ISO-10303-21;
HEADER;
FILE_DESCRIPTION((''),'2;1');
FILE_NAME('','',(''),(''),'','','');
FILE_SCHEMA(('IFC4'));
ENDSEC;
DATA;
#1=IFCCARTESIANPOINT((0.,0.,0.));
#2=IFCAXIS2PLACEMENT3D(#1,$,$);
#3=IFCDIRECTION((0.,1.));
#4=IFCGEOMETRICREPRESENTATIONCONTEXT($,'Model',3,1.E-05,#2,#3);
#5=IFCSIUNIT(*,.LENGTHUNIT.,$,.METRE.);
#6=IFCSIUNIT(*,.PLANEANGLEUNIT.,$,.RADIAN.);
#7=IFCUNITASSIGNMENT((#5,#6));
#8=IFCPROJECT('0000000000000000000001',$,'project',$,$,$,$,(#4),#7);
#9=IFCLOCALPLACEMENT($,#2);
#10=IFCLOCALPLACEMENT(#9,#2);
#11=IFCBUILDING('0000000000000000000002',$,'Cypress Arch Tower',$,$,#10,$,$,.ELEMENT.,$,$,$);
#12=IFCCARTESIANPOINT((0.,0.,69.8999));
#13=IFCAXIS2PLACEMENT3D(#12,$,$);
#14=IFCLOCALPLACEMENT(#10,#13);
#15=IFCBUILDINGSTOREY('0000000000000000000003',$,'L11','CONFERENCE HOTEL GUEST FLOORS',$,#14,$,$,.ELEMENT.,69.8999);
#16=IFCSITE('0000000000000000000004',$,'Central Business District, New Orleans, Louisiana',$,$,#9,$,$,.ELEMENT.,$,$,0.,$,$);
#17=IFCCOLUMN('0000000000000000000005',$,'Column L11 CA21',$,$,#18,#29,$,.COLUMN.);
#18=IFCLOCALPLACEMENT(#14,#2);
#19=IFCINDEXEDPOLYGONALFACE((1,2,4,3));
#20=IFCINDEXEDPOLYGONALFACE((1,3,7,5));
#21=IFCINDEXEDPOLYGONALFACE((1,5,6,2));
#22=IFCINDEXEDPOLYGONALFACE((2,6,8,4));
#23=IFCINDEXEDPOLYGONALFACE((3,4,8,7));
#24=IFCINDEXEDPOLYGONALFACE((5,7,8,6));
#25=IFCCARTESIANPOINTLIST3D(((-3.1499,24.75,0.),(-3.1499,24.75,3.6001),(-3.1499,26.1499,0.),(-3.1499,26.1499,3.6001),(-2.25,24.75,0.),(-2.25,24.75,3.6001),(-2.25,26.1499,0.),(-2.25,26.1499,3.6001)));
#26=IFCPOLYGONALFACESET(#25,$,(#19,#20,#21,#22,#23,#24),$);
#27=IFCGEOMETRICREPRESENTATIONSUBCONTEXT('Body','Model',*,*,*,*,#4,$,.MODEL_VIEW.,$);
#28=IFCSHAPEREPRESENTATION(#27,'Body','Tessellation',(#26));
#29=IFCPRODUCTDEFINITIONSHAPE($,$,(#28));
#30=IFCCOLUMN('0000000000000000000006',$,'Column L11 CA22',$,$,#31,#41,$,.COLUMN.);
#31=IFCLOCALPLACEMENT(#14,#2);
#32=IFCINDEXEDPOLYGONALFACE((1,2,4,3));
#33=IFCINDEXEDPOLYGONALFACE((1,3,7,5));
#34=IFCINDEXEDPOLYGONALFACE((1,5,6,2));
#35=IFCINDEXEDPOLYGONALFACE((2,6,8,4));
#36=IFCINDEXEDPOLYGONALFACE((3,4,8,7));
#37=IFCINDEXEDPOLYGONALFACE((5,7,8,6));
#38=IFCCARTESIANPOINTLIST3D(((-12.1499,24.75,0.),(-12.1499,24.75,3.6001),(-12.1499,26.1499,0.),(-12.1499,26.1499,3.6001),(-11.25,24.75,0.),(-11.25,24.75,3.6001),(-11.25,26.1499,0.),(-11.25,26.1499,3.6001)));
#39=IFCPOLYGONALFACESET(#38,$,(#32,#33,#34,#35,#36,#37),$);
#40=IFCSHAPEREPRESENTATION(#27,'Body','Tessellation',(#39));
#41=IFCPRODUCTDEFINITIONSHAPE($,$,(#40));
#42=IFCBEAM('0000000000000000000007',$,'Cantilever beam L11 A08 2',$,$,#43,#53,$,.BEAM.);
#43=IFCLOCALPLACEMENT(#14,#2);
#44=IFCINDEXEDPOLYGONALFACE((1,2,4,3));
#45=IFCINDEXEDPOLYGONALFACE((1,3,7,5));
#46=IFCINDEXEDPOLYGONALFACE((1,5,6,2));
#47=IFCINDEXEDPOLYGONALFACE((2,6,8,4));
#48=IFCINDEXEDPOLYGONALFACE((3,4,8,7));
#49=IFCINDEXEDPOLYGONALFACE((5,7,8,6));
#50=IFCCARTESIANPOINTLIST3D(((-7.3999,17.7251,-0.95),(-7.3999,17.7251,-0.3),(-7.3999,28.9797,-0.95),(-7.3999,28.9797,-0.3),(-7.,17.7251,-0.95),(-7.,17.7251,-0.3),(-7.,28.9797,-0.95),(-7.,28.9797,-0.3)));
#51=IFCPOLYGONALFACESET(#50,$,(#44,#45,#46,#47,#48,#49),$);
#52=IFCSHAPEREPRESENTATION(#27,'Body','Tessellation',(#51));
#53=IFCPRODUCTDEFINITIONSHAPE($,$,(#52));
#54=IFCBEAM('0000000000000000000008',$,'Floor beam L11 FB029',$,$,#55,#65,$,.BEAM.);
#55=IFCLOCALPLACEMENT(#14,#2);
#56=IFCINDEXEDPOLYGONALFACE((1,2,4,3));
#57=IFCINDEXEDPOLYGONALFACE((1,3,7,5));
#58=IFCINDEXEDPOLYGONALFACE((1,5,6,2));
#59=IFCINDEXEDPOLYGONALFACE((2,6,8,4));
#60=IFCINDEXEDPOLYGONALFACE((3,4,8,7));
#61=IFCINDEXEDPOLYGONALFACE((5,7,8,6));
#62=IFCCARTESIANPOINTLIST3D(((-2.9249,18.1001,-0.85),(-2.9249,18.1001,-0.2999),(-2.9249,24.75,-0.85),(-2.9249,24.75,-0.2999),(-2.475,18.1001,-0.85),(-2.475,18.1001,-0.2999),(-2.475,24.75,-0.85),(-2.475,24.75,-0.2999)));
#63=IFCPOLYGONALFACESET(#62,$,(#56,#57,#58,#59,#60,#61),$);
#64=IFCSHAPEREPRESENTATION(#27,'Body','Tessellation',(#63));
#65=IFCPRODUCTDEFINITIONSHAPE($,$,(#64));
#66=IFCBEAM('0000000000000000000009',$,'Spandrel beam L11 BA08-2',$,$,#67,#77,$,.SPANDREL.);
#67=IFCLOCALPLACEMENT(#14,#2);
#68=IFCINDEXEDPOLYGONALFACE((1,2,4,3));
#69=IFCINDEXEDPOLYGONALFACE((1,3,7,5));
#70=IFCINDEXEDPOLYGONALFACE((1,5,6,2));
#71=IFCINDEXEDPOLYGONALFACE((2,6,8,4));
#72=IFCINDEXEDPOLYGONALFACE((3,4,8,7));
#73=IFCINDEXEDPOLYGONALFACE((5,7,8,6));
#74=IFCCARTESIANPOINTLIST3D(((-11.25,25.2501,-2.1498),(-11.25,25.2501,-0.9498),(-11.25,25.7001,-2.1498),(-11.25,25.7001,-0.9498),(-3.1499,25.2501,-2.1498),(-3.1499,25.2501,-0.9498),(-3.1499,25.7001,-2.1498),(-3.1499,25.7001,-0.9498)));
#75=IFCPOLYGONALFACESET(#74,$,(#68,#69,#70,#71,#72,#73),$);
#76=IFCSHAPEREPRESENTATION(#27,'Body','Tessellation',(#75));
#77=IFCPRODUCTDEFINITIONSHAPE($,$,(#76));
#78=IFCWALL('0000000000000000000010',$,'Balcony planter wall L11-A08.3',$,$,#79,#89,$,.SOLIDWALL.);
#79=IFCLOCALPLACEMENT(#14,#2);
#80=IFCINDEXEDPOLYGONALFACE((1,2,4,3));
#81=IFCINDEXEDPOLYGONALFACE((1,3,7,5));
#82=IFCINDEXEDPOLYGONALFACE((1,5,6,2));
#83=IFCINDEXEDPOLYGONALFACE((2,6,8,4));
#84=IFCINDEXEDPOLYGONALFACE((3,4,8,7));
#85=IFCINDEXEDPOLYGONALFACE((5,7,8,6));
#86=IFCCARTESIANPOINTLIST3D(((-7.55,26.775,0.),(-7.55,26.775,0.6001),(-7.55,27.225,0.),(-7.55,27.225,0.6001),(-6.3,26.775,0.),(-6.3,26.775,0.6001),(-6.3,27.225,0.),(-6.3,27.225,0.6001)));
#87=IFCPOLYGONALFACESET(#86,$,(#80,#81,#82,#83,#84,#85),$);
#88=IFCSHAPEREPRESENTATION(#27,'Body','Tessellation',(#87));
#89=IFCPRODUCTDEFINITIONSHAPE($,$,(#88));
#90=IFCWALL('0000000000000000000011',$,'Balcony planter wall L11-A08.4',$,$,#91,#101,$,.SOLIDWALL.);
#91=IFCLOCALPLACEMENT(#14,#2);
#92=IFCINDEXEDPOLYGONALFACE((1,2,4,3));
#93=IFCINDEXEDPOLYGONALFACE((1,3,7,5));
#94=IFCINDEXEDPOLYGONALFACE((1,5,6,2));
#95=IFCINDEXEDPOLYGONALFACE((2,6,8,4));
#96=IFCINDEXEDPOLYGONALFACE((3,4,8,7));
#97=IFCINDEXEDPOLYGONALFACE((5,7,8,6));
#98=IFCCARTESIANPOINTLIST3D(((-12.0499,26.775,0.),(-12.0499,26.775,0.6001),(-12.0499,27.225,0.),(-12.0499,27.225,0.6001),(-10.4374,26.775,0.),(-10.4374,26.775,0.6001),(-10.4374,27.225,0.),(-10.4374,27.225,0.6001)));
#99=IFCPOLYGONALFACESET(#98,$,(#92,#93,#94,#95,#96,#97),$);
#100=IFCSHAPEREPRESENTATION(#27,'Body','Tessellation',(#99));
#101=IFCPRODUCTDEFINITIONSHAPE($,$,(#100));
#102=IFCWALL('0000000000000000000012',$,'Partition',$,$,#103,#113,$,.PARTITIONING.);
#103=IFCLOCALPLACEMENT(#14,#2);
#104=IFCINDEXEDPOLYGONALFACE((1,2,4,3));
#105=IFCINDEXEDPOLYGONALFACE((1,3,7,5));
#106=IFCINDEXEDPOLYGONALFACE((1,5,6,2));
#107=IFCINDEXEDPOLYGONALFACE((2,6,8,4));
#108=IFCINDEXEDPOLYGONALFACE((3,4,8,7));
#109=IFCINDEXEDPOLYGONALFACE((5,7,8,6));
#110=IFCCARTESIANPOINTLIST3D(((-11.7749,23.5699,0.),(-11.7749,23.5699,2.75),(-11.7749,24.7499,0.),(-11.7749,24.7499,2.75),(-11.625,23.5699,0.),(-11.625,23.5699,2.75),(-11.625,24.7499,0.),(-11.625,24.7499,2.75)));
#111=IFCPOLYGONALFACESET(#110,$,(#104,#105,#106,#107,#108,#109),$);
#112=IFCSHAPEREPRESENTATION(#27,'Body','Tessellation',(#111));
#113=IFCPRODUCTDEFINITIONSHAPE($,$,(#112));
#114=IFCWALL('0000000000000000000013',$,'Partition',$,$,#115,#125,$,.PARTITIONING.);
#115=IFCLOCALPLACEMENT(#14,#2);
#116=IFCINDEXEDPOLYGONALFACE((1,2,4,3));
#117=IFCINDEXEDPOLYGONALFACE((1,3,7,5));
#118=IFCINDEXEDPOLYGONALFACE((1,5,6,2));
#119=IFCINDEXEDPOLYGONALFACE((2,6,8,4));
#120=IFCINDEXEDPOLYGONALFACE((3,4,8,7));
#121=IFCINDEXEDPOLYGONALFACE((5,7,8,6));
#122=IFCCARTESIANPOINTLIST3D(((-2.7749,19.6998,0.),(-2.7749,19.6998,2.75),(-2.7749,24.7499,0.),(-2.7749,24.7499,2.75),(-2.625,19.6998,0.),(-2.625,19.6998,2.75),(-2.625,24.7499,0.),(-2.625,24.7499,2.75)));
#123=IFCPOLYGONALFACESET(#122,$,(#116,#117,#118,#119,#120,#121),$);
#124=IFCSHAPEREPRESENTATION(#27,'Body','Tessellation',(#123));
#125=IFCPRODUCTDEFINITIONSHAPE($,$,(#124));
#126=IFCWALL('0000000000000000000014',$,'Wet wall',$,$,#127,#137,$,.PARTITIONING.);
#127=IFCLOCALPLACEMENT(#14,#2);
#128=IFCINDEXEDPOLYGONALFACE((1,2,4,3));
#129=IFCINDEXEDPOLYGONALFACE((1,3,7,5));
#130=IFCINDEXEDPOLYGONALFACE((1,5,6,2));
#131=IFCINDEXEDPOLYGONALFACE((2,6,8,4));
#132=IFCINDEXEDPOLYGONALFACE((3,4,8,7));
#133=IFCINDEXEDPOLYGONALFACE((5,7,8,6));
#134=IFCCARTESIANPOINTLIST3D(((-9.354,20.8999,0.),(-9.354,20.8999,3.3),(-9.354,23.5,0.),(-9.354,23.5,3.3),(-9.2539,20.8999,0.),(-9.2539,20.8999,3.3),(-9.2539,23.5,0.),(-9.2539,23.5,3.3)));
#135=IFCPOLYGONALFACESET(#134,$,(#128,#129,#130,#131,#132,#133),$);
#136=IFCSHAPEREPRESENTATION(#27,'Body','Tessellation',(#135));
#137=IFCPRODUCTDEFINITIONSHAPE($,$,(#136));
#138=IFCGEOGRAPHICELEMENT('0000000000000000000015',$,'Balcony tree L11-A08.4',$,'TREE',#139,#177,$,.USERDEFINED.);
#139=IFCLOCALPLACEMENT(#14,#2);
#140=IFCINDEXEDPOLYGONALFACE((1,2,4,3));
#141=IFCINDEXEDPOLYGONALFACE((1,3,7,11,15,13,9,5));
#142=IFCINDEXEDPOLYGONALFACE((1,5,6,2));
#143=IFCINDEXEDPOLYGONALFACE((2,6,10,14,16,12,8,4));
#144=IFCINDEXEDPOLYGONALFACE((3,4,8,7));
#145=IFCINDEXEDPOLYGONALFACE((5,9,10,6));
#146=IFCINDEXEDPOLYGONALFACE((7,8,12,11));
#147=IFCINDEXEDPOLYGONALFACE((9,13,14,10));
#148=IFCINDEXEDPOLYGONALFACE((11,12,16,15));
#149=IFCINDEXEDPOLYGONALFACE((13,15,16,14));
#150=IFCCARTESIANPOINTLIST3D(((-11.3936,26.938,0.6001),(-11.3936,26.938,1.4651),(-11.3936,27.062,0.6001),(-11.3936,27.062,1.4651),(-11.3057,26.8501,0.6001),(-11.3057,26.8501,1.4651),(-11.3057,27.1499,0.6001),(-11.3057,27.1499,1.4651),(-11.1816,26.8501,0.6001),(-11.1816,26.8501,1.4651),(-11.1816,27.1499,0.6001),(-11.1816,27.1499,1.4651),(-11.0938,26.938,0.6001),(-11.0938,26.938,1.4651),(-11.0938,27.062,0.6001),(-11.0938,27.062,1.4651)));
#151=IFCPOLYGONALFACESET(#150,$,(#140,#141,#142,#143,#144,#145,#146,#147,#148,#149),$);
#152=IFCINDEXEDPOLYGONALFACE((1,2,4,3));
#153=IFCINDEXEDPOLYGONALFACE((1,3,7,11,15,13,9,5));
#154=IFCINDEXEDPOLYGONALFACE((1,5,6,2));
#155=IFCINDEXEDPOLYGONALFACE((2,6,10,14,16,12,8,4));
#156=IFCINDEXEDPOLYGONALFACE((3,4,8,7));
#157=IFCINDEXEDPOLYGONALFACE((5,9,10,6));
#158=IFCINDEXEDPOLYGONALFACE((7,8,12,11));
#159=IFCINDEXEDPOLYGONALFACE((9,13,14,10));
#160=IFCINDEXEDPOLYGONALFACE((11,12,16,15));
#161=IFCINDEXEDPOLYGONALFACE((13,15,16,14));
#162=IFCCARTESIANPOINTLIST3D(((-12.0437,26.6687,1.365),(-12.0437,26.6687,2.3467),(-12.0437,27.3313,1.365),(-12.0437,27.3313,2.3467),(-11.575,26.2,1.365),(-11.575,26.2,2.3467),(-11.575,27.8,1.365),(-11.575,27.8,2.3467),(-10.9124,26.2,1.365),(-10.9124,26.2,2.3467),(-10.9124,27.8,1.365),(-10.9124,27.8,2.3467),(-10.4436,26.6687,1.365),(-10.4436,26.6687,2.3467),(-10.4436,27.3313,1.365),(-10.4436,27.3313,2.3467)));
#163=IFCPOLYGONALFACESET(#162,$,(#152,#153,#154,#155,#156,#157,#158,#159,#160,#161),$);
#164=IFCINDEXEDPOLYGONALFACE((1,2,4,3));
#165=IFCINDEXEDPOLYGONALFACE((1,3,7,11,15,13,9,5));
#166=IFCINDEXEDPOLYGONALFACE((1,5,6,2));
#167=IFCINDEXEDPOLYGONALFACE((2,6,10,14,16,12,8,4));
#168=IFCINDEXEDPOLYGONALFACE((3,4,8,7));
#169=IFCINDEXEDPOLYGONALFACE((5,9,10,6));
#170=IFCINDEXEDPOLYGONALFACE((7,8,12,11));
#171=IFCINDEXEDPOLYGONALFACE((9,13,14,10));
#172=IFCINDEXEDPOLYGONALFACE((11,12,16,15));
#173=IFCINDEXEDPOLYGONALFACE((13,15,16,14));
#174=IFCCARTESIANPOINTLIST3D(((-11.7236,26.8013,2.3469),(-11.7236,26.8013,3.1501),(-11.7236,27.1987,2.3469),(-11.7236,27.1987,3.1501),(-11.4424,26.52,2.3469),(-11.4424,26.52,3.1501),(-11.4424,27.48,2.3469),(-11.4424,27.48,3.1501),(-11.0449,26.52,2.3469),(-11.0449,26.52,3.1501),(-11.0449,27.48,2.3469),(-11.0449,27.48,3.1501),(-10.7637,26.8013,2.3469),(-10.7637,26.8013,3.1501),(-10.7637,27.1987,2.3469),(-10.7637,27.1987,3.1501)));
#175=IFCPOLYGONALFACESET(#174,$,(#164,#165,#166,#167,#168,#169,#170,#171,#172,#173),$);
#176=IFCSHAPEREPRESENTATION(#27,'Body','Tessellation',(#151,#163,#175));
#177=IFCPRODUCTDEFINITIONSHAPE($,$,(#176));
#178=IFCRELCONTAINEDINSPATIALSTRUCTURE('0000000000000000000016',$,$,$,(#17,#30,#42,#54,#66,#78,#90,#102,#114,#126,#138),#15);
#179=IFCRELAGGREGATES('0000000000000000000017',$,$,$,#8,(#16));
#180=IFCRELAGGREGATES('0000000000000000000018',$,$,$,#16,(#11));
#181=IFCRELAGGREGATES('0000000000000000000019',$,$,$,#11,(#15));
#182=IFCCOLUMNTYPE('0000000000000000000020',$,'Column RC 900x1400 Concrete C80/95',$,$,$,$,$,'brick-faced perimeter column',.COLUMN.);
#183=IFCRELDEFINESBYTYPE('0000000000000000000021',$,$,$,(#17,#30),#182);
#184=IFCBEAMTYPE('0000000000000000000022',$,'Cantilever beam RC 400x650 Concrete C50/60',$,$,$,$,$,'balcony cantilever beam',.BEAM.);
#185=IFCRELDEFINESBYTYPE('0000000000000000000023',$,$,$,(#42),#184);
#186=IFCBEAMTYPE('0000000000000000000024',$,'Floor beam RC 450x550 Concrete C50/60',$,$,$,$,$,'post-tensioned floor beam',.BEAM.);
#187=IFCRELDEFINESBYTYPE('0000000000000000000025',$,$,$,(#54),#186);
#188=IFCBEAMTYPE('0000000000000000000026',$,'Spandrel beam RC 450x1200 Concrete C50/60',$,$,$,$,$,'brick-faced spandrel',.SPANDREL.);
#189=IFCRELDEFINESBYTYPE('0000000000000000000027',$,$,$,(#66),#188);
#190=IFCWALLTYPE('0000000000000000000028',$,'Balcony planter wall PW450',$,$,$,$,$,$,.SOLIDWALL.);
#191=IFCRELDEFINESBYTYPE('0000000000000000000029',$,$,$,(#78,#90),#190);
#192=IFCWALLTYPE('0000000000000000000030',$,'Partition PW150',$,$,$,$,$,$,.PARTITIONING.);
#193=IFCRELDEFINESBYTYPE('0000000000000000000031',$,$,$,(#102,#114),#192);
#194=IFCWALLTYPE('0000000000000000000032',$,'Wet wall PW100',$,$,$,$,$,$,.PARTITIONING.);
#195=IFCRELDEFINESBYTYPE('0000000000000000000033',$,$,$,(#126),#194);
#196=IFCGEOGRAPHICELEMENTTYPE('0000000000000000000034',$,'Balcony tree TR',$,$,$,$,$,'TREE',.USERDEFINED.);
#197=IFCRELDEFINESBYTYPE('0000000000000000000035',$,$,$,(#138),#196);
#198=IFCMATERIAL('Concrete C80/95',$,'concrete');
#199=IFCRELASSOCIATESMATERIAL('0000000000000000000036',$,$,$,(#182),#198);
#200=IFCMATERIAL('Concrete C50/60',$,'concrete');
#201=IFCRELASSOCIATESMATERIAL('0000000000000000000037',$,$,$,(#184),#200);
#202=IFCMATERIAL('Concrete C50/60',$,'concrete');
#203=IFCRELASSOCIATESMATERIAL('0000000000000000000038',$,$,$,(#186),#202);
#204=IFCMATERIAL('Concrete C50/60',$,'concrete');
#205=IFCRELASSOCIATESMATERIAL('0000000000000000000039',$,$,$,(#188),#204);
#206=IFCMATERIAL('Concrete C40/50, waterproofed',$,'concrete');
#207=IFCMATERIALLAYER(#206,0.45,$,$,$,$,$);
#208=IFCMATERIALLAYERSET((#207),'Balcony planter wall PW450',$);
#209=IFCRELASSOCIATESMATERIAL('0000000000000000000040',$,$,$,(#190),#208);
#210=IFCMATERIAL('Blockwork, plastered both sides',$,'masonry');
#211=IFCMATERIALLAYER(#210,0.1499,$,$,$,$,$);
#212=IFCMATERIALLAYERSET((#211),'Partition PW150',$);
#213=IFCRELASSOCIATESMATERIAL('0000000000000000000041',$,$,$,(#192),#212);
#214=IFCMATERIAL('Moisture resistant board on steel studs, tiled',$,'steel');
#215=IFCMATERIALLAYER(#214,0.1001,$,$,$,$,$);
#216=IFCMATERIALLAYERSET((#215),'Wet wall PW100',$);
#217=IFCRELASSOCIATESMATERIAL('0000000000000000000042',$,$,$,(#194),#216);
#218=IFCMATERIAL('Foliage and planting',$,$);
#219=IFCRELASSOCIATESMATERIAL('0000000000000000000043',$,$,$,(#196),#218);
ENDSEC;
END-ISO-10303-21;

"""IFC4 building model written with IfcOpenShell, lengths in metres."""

from ifc_helpers import new_model, si_unit, direction, frame, frame_2d, origin, origin_2d, place, context, subcontext, project, spatial, polyline, rectangle, outline, extrude, material, layer, layer_set, material_profile, profile_set, type_object, element, save


model = new_model("IFC4")

# Units and contexts
model_context = context("Model", 3, precision=1e-05, world=origin(), true_north=direction((0.0, 1.0)))
body_context = subcontext(model_context, "Body", "Model", "MODEL_VIEW")
ifc_project = project(units=[si_unit("LENGTHUNIT", "METRE"), si_unit("PLANEANGLEUNIT", "RADIAN")], contexts=[model_context])

# Site, building, storey
site_placement = place(None, origin())
site = spatial("IfcSite", under=ifc_project, at=site_placement, Name="Central Business District, New Orleans, Louisiana", CompositionType="ELEMENT", RefElevation=0.0)
building_placement = place(site_placement, origin())
building = spatial("IfcBuilding", under=site, at=building_placement, Name="Cypress Arch Tower", CompositionType="ELEMENT")
storey_placement = place(building_placement, frame((0.0, 0.0, 69.8999)))
storey = spatial("IfcBuildingStorey", under=building, at=storey_placement, Name="L11", Description="CONFERENCE HOTEL GUEST FLOORS", CompositionType="ELEMENT", Elevation=69.8999)

# Columns
ifc_material_1 = material(Name="Concrete C80/95", Category="concrete")
ifc_material_profile_1 = material_profile(ifc_material_1, rectangle(XDim=0.8999, YDim=1.3999, at=origin_2d()), Name="RC 900x1400")
ifc_profile_set_1 = profile_set([ifc_material_profile_1], Name="Concrete C80/95")
column_type = type_object("IfcColumnType", Name="Column RC 900x1400 Concrete C80/95", ElementType="brick-faced perimeter column", PredefinedType="COLUMN", material=ifc_profile_set_1)
for number, where, z_axis, x_axis, name in (
    (1, (-2.7, 25.45, 0.0), (0.0, 0.0, 1.0), (-1.0, 0.0, 0.0), "Column L11 CA21"),
    (2, (-11.7, 25.45, 0.0), (0.0, 0.0, 1.0), (-1.0, 0.0, 0.0), "Column L11 CA22"),
):
    element("IfcColumn", number, at=place(storey_placement, frame(where, z_axis=z_axis, x_axis=x_axis)), inside=storey, type_object=column_type, Name=name, PredefinedType="COLUMN", context=body_context, shape_type="SweptSolid", body=[
        extrude(rectangle(XDim=0.8999, YDim=1.3999, at=origin_2d()), origin(), (0.0, 0.0, 1.0), 3.6001),
    ])

# Beams
ifc_material_2 = material(Name="Concrete C50/60", Category="concrete")
ifc_material_profile_2 = material_profile(ifc_material_2, rectangle(XDim=0.3999, YDim=0.6499, at=origin_2d()), Name="RC 400x650")
ifc_profile_set_2 = profile_set([ifc_material_profile_2], Name="Concrete C50/60")
beam_type_1 = type_object("IfcBeamType", Name="Cantilever beam RC 400x650 Concrete C50/60", ElementType="balcony cantilever beam", PredefinedType="BEAM", material=ifc_profile_set_2)
beam_1_placement = place(storey_placement, frame((-7.2, 17.7251, -0.625), z_axis=(0.0, 1.0, 0.0), x_axis=(-1.0, 0.0, 0.0)))
element("IfcBeam", 3, at=beam_1_placement, inside=storey, type_object=beam_type_1, Name="Cantilever beam L11 A08 2", PredefinedType="BEAM", context=body_context, shape_type="SweptSolid", body=[
    extrude(rectangle(XDim=0.3999, YDim=0.6499, at=origin_2d()), origin(), (0.0, 0.0, 1.0), 11.2546),
])
ifc_material_3 = material(Name="Concrete C50/60", Category="concrete")
ifc_material_profile_3 = material_profile(ifc_material_3, rectangle(XDim=0.45, YDim=0.55, at=origin_2d()), Name="RC 450x550")
ifc_profile_set_3 = profile_set([ifc_material_profile_3], Name="Concrete C50/60")
beam_type_2 = type_object("IfcBeamType", Name="Floor beam RC 450x550 Concrete C50/60", ElementType="post-tensioned floor beam", PredefinedType="BEAM", material=ifc_profile_set_3)
beam_2_placement = place(storey_placement, frame((-2.7, 18.1001, -0.575), z_axis=(0.0, 1.0, 0.0), x_axis=(-1.0, 0.0, 0.0)))
element("IfcBeam", 4, at=beam_2_placement, inside=storey, type_object=beam_type_2, Name="Floor beam L11 FB029", PredefinedType="BEAM", context=body_context, shape_type="SweptSolid", body=[
    extrude(rectangle(XDim=0.45, YDim=0.55, at=origin_2d()), origin(), (0.0, 0.0, 1.0), 6.6499),
])
ifc_material_4 = material(Name="Concrete C50/60", Category="concrete")
ifc_material_profile_4 = material_profile(ifc_material_4, rectangle(XDim=0.45, YDim=1.2, at=origin_2d()), Name="RC 450x1200")
ifc_profile_set_4 = profile_set([ifc_material_profile_4], Name="Concrete C50/60")
beam_type_3 = type_object("IfcBeamType", Name="Spandrel beam RC 450x1200 Concrete C50/60", ElementType="brick-faced spandrel", PredefinedType="SPANDREL", material=ifc_profile_set_4)
beam_3_placement = place(storey_placement, frame((-3.1499, 25.4751, -1.5498), z_axis=(-1.0, 0.0, 0.0), x_axis=(0.0, -1.0, 0.0)))
element("IfcBeam", 5, at=beam_3_placement, inside=storey, type_object=beam_type_3, Name="Spandrel beam L11 BA08-2", PredefinedType="SPANDREL", context=body_context, shape_type="SweptSolid", body=[
    extrude(rectangle(XDim=0.45, YDim=1.2, at=origin_2d()), origin(), (0.0, 0.0, 1.0), 8.1001),
])

# Walls
ifc_material_5 = material(Name="Concrete C40/50, waterproofed", Category="concrete")
ifc_layer_1 = layer(ifc_material_5, 0.45)
ifc_layer_set_1 = layer_set([ifc_layer_1], Name="Balcony planter wall PW450")
wall_type_1 = type_object("IfcWallType", Name="Balcony planter wall PW450", PredefinedType="SOLIDWALL", material=ifc_layer_set_1)
wall_1_placement = place(storey_placement, frame((-6.3, 27.0, 0.0), z_axis=(0.0, 0.0, 1.0), x_axis=(-1.0, 0.0, 0.0)))
element("IfcWall", 6, at=wall_1_placement, inside=storey, type_object=wall_type_1, Name="Balcony planter wall L11-A08.3", PredefinedType="SOLIDWALL", context=body_context, shape_type="SweptSolid", body=[
    extrude(rectangle(XDim=1.25, YDim=0.45, at=frame_2d((0.625, 0.0))), origin(), (0.0, 0.0, 1.0), 0.6001),
])
wall_2_placement = place(storey_placement, frame((-10.4375, 27.0, 0.0), z_axis=(0.0, 0.0, 1.0), x_axis=(-1.0, 0.0, 0.0)))
element("IfcWall", 7, at=wall_2_placement, inside=storey, type_object=wall_type_1, Name="Balcony planter wall L11-A08.4", PredefinedType="SOLIDWALL", context=body_context, shape_type="SweptSolid", body=[
    extrude(rectangle(XDim=1.6125, YDim=0.45, at=frame_2d((0.8062, 0.0))), origin(), (0.0, 0.0, 1.0), 0.6001),
])

# Walls
ifc_material_6 = material(Name="Blockwork, plastered both sides", Category="masonry")
ifc_layer_2 = layer(ifc_material_6, 0.1499)
ifc_layer_set_2 = layer_set([ifc_layer_2], Name="Partition PW150")
wall_type_2 = type_object("IfcWallType", Name="Partition PW150", PredefinedType="PARTITIONING", material=ifc_layer_set_2)
wall_3_placement = place(storey_placement, frame((-11.7, 23.5701, 0.0), z_axis=(0.0, 0.0, 1.0), x_axis=(0.0, 1.0, 0.0)))
element("IfcWall", 8, at=wall_3_placement, inside=storey, type_object=wall_type_2, Name="Partition", PredefinedType="PARTITIONING", context=body_context, shape_type="SweptSolid", body=[
    extrude(rectangle(XDim=1.1799, YDim=0.1499, at=frame_2d((0.5898, 0.0))), origin(), (0.0, 0.0, 1.0), 2.75),
])
wall_4_placement = place(storey_placement, frame((-2.7, 19.7, 0.0), z_axis=(0.0, 0.0, 1.0), x_axis=(0.0, 1.0, 0.0)))
element("IfcWall", 9, at=wall_4_placement, inside=storey, type_object=wall_type_2, Name="Partition", PredefinedType="PARTITIONING", context=body_context, shape_type="SweptSolid", body=[
    extrude(rectangle(XDim=5.05, YDim=0.1499, at=frame_2d((2.5249, 0.0))), origin(), (0.0, 0.0, 1.0), 2.75),
])
ifc_material_7 = material(Name="Moisture resistant board on steel studs, tiled", Category="steel")
ifc_layer_3 = layer(ifc_material_7, 0.1001)
ifc_layer_set_3 = layer_set([ifc_layer_3], Name="Wet wall PW100")
wall_type_3 = type_object("IfcWallType", Name="Wet wall PW100", PredefinedType="PARTITIONING", material=ifc_layer_set_3)
wall_5_placement = place(storey_placement, frame((-9.304, 20.8999, 0.0), z_axis=(0.0, 0.0, 1.0), x_axis=(0.0, 1.0, 0.0)))
element("IfcWall", 10, at=wall_5_placement, inside=storey, type_object=wall_type_3, Name="Wet wall", PredefinedType="PARTITIONING", context=body_context, shape_type="SweptSolid", body=[
    extrude(rectangle(XDim=2.6001, YDim=0.1001, at=frame_2d((1.3, 0.0))), origin(), (0.0, 0.0, 1.0), 3.3),
])

# Geographic element
ifc_material_8 = material(Name="Foliage and planting")
geographic_element_type = type_object("IfcGeographicElementType", Name="Balcony tree TR", ElementType="TREE", PredefinedType="USERDEFINED", material=ifc_material_8)
geographic_element_placement = place(storey_placement, frame((-11.2437, 27.0, 0.6001), z_axis=(0.0, 0.0, 1.0), x_axis=(1.0, 0.0, 0.0)))
element("IfcGeographicElement", 11, at=geographic_element_placement, inside=storey, type_object=geographic_element_type, Name="Balcony tree L11-A08.4", ObjectType="TREE", PredefinedType="USERDEFINED", context=body_context, shape_type="SweptSolid", body=[
    extrude(outline(polyline([(0.1499, 0.062), (0.062, 0.1499), (-0.062, 0.1499), (-0.1499, 0.062), (-0.1499, -0.062), (-0.062, -0.1499), (0.062, -0.1499), (0.1499, -0.062), (0.1499, 0.062)])), origin(), (0.0, 0.0, 1.0), 0.865),
    extrude(outline(polyline([(0.8, 0.3313), (0.3313, 0.8), (-0.3313, 0.8), (-0.8, 0.3313), (-0.8, -0.3313), (-0.3313, -0.8), (0.3313, -0.8), (0.8, -0.3313), (0.8, 0.3313)])), frame((0.0, 0.0, 0.7649)), (0.0, 0.0, 1.0), 0.9817),
    extrude(outline(polyline([(0.48, 0.1987), (0.1987, 0.48), (-0.1987, 0.48), (-0.48, 0.1987), (-0.48, -0.1987), (-0.1987, -0.48), (0.1987, -0.48), (0.48, -0.1987), (0.48, 0.1987)])), frame((0.0, 0.0, 1.7468)), (0.0, 0.0, 1.0), 0.8032),
])

save(model, "model.ifc")
